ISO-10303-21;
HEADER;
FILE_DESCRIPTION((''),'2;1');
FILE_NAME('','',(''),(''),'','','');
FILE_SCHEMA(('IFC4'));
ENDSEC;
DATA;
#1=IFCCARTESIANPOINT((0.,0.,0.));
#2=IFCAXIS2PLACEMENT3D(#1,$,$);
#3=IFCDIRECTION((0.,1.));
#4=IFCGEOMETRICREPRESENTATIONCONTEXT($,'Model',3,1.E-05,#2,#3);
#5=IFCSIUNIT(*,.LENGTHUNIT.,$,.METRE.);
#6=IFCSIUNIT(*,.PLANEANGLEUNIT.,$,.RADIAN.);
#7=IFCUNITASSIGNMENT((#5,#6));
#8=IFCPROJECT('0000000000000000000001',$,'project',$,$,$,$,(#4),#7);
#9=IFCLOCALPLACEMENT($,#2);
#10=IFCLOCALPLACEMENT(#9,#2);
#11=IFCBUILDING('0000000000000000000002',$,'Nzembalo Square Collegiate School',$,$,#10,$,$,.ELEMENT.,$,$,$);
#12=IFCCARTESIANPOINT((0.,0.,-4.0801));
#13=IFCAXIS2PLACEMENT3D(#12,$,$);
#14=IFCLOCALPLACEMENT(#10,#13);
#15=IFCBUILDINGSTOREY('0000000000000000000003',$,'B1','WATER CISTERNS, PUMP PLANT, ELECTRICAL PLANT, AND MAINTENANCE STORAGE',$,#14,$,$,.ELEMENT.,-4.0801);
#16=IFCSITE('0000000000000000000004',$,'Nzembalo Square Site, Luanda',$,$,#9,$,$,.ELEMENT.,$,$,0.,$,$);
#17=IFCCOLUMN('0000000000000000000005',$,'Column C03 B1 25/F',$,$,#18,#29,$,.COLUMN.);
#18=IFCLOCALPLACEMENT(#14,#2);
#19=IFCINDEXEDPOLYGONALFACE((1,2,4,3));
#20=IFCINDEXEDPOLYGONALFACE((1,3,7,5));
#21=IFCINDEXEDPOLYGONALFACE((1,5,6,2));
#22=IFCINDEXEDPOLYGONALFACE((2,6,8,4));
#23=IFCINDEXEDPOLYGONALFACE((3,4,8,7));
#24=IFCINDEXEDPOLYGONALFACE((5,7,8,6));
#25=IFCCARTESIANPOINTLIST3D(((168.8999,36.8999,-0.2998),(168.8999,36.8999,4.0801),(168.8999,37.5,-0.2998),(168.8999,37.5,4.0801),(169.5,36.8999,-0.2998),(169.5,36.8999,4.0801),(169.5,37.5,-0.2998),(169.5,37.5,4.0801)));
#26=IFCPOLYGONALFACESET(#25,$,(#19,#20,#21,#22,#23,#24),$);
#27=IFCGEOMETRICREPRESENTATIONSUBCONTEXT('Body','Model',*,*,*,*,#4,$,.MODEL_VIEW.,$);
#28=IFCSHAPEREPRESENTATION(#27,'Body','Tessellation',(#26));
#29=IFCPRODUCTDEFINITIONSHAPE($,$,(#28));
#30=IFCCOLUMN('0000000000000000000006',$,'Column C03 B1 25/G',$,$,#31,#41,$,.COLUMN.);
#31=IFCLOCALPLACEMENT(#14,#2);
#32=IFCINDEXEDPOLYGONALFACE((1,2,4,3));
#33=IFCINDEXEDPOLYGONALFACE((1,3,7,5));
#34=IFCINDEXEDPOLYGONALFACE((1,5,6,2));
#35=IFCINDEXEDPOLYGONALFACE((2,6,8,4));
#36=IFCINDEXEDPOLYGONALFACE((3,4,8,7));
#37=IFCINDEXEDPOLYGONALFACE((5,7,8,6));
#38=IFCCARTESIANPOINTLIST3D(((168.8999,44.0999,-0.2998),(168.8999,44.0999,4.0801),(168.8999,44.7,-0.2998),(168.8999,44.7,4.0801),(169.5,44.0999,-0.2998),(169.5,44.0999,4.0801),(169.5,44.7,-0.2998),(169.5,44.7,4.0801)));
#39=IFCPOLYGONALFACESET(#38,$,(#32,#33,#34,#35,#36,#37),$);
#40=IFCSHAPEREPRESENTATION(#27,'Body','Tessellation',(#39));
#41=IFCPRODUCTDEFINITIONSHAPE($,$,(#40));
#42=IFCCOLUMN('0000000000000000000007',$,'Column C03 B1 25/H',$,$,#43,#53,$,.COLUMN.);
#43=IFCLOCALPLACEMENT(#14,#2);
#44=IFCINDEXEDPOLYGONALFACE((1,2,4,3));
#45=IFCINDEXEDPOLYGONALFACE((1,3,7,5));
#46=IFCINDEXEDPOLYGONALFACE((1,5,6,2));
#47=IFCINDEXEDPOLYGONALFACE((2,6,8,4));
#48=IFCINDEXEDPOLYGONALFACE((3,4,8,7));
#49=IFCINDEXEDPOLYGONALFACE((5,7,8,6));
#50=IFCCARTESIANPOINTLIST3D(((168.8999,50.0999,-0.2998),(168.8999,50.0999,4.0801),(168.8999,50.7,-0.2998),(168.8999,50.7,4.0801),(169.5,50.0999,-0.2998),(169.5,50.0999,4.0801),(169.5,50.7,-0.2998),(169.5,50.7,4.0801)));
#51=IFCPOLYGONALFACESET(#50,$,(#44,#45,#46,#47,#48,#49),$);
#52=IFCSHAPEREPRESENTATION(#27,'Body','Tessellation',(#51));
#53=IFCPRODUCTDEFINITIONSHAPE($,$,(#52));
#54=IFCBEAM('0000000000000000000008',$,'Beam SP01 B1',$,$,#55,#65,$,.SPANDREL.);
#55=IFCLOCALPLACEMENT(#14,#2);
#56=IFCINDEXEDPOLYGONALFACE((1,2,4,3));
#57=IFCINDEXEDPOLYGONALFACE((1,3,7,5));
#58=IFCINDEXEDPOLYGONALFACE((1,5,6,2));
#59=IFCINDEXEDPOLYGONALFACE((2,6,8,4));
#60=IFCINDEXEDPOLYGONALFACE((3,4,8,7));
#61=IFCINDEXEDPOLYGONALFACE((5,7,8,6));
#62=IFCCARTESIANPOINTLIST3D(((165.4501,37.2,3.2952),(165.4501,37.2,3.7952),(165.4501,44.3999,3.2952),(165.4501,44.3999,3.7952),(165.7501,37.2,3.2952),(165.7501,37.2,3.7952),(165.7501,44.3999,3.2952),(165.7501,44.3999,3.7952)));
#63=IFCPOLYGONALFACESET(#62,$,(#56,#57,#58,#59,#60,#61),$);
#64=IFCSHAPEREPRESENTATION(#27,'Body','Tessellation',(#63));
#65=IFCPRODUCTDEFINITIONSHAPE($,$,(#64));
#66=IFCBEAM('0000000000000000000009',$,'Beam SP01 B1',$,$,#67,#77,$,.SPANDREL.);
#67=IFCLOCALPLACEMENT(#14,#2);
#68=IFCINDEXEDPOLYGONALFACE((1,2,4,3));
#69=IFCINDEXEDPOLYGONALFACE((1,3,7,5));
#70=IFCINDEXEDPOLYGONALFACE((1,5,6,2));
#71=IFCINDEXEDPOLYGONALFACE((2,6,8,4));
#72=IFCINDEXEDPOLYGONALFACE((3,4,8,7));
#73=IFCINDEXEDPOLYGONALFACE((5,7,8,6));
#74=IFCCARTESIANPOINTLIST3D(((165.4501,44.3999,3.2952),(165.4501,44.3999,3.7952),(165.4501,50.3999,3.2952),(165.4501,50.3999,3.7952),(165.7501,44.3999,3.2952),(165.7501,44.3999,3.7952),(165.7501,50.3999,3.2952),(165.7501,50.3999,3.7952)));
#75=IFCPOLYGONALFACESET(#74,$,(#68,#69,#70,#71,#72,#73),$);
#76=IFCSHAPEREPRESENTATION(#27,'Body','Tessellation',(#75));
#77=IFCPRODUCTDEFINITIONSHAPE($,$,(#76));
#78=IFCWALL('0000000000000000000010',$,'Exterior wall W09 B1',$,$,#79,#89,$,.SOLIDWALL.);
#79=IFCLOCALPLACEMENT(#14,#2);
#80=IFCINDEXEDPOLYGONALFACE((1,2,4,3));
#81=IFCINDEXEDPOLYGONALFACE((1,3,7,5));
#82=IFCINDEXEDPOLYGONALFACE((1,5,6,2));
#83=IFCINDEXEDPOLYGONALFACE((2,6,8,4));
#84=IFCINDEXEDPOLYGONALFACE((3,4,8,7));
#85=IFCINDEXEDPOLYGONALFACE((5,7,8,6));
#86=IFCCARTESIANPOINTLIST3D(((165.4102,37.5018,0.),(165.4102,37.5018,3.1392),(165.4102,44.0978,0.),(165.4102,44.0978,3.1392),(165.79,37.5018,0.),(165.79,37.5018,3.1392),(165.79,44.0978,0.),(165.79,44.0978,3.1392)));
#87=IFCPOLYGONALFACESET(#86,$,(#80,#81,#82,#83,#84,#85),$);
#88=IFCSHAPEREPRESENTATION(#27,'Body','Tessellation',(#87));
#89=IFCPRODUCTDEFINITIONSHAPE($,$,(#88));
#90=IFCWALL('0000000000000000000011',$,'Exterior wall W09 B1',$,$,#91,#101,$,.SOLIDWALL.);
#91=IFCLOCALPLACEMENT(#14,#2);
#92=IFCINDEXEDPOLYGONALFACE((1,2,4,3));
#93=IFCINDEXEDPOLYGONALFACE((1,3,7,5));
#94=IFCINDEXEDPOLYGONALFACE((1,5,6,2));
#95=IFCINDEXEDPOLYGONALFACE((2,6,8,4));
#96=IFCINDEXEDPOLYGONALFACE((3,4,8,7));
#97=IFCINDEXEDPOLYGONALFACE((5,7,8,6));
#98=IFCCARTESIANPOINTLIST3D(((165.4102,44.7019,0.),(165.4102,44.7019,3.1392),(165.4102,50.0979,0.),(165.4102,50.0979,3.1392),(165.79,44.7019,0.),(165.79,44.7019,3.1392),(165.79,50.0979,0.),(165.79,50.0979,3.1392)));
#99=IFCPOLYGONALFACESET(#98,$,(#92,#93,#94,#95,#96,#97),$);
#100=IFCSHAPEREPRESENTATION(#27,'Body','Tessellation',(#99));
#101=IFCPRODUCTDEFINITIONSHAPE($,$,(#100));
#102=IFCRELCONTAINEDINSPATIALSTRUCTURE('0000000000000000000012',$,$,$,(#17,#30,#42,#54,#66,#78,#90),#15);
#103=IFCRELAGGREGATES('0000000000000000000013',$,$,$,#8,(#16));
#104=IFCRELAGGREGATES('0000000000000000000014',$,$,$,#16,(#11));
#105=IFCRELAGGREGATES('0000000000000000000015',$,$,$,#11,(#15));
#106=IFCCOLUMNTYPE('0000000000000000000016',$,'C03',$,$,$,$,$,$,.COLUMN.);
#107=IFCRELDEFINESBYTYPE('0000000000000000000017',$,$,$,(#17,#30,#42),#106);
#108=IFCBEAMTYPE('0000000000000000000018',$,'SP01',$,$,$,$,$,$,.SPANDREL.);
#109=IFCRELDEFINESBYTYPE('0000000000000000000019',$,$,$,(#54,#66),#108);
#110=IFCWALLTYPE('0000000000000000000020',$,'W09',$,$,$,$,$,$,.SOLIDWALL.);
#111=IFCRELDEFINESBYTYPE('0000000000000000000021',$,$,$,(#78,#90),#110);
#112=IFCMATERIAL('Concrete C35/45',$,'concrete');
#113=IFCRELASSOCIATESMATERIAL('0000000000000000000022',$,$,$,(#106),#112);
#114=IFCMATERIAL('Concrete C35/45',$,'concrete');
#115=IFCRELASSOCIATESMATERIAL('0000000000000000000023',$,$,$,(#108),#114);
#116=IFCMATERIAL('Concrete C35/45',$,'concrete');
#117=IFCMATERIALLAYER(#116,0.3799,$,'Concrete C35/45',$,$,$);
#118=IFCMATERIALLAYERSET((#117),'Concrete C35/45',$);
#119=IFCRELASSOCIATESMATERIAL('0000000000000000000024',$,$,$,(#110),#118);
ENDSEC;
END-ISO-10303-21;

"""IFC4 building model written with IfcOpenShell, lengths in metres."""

from ifc_helpers import new_model, si_unit, direction, frame, frame_2d, origin, origin_2d, place, context, subcontext, project, spatial, rectangle, extrude, material, layer, layer_set, material_profile, profile_set, type_object, element, save


model = new_model("IFC4")

# Units and contexts
model_context = context("Model", 3, precision=1e-05, world=origin(), true_north=direction((0.0, 1.0)))
body_context = subcontext(model_context, "Body", "Model", "MODEL_VIEW")
ifc_project = project(units=[si_unit("LENGTHUNIT", "METRE"), si_unit("PLANEANGLEUNIT", "RADIAN")], contexts=[model_context])

# Site, building, storey
site_placement = place(None, origin())
site = spatial("IfcSite", under=ifc_project, at=site_placement, Name="Nzembalo Square Site, Luanda", CompositionType="ELEMENT", RefElevation=0.0)
building_placement = place(site_placement, origin())
building = spatial("IfcBuilding", under=site, at=building_placement, Name="Nzembalo Square Collegiate School", CompositionType="ELEMENT")
storey_placement = place(building_placement, frame((0.0, 0.0, -4.0801)))
storey = spatial("IfcBuildingStorey", under=building, at=storey_placement, Name="B1", Description="WATER CISTERNS, PUMP PLANT, ELECTRICAL PLANT, AND MAINTENANCE STORAGE", CompositionType="ELEMENT", Elevation=-4.0801)

# Columns
ifc_material_1 = material(Name="Concrete C35/45", Category="concrete")
ifc_material_profile_1 = material_profile(ifc_material_1, rectangle(XDim=0.6001, YDim=0.6001, at=origin_2d()), Name="RC 600x600")
ifc_profile_set_1 = profile_set([ifc_material_profile_1], Name="Concrete C35/45")
column_type = type_object("IfcColumnType", Name="C03", PredefinedType="COLUMN", material=ifc_profile_set_1)
for number, where, z_axis, x_axis, name in (
    (1, (169.2, 37.2, -0.2998), (0.0, 0.0, 1.0), (1.0, 0.0, 0.0), "Column C03 B1 25/F"),
    (2, (169.2, 44.3999, -0.2998), (0.0, 0.0, 1.0), (1.0, 0.0, 0.0), "Column C03 B1 25/G"),
    (3, (169.2, 50.3999, -0.2998), (0.0, 0.0, 1.0), (1.0, 0.0, 0.0), "Column C03 B1 25/H"),
):
    element("IfcColumn", number, at=place(storey_placement, frame(where, z_axis=z_axis, x_axis=x_axis)), inside=storey, type_object=column_type, Name=name, PredefinedType="COLUMN", context=body_context, shape_type="SweptSolid", body=[
        extrude(rectangle(XDim=0.6001, YDim=0.6001, at=origin_2d()), origin(), (0.0, 0.0, 1.0), 4.3799),
    ])

# Beams
ifc_material_2 = material(Name="Concrete C35/45", Category="concrete")
ifc_material_profile_2 = material_profile(ifc_material_2, rectangle(XDim=0.3, YDim=0.5, at=origin_2d()), Name="RC 300x500")
ifc_profile_set_2 = profile_set([ifc_material_profile_2], Name="Concrete C35/45")
beam_type = type_object("IfcBeamType", Name="SP01", PredefinedType="SPANDREL", material=ifc_profile_set_2)
beam_1_placement = place(storey_placement, frame((165.6001, 37.2, 3.5452), z_axis=(0.0, 1.0, 0.0), x_axis=(-1.0, 0.0, 0.0)))
element("IfcBeam", 4, at=beam_1_placement, inside=storey, type_object=beam_type, Name="Beam SP01 B1", PredefinedType="SPANDREL", context=body_context, shape_type="SweptSolid", body=[
    extrude(rectangle(XDim=0.3, YDim=0.5, at=origin_2d()), origin(), (0.0, 0.0, 1.0), 7.2),
])
beam_2_placement = place(storey_placement, frame((165.6001, 44.3999, 3.5452), z_axis=(0.0, 1.0, 0.0), x_axis=(-1.0, 0.0, 0.0)))
element("IfcBeam", 5, at=beam_2_placement, inside=storey, type_object=beam_type, Name="Beam SP01 B1", PredefinedType="SPANDREL", context=body_context, shape_type="SweptSolid", body=[
    extrude(rectangle(XDim=0.3, YDim=0.5, at=origin_2d()), origin(), (0.0, 0.0, 1.0), 6.0),
])

# Walls
ifc_material_3 = material(Name="Concrete C35/45", Category="concrete")
ifc_layer = layer(ifc_material_3, 0.3799, Name="Concrete C35/45")
ifc_layer_set = layer_set([ifc_layer], Name="Concrete C35/45")
wall_type = type_object("IfcWallType", Name="W09", PredefinedType="SOLIDWALL", material=ifc_layer_set)
wall_1_placement = place(storey_placement, frame((165.6001, 37.502, 0.0), z_axis=(0.0, 0.0, 1.0), x_axis=(0.0, 1.0, 0.0)))
element("IfcWall", 6, at=wall_1_placement, inside=storey, type_object=wall_type, Name="Exterior wall W09 B1", PredefinedType="SOLIDWALL", context=body_context, shape_type="SweptSolid", body=[
    extrude(rectangle(XDim=6.5959, YDim=0.3799, at=frame_2d((3.2979, 0.0))), origin(), (0.0, 0.0, 1.0), 3.1392),
])
wall_2_placement = place(storey_placement, frame((165.6001, 44.7019, 0.0), z_axis=(0.0, 0.0, 1.0), x_axis=(0.0, 1.0, 0.0)))
element("IfcWall", 7, at=wall_2_placement, inside=storey, type_object=wall_type, Name="Exterior wall W09 B1", PredefinedType="SOLIDWALL", context=body_context, shape_type="SweptSolid", body=[
    extrude(rectangle(XDim=5.396, YDim=0.3799, at=frame_2d((2.698, 0.0))), origin(), (0.0, 0.0, 1.0), 3.1392),
])

save(model, "model.ifc")
